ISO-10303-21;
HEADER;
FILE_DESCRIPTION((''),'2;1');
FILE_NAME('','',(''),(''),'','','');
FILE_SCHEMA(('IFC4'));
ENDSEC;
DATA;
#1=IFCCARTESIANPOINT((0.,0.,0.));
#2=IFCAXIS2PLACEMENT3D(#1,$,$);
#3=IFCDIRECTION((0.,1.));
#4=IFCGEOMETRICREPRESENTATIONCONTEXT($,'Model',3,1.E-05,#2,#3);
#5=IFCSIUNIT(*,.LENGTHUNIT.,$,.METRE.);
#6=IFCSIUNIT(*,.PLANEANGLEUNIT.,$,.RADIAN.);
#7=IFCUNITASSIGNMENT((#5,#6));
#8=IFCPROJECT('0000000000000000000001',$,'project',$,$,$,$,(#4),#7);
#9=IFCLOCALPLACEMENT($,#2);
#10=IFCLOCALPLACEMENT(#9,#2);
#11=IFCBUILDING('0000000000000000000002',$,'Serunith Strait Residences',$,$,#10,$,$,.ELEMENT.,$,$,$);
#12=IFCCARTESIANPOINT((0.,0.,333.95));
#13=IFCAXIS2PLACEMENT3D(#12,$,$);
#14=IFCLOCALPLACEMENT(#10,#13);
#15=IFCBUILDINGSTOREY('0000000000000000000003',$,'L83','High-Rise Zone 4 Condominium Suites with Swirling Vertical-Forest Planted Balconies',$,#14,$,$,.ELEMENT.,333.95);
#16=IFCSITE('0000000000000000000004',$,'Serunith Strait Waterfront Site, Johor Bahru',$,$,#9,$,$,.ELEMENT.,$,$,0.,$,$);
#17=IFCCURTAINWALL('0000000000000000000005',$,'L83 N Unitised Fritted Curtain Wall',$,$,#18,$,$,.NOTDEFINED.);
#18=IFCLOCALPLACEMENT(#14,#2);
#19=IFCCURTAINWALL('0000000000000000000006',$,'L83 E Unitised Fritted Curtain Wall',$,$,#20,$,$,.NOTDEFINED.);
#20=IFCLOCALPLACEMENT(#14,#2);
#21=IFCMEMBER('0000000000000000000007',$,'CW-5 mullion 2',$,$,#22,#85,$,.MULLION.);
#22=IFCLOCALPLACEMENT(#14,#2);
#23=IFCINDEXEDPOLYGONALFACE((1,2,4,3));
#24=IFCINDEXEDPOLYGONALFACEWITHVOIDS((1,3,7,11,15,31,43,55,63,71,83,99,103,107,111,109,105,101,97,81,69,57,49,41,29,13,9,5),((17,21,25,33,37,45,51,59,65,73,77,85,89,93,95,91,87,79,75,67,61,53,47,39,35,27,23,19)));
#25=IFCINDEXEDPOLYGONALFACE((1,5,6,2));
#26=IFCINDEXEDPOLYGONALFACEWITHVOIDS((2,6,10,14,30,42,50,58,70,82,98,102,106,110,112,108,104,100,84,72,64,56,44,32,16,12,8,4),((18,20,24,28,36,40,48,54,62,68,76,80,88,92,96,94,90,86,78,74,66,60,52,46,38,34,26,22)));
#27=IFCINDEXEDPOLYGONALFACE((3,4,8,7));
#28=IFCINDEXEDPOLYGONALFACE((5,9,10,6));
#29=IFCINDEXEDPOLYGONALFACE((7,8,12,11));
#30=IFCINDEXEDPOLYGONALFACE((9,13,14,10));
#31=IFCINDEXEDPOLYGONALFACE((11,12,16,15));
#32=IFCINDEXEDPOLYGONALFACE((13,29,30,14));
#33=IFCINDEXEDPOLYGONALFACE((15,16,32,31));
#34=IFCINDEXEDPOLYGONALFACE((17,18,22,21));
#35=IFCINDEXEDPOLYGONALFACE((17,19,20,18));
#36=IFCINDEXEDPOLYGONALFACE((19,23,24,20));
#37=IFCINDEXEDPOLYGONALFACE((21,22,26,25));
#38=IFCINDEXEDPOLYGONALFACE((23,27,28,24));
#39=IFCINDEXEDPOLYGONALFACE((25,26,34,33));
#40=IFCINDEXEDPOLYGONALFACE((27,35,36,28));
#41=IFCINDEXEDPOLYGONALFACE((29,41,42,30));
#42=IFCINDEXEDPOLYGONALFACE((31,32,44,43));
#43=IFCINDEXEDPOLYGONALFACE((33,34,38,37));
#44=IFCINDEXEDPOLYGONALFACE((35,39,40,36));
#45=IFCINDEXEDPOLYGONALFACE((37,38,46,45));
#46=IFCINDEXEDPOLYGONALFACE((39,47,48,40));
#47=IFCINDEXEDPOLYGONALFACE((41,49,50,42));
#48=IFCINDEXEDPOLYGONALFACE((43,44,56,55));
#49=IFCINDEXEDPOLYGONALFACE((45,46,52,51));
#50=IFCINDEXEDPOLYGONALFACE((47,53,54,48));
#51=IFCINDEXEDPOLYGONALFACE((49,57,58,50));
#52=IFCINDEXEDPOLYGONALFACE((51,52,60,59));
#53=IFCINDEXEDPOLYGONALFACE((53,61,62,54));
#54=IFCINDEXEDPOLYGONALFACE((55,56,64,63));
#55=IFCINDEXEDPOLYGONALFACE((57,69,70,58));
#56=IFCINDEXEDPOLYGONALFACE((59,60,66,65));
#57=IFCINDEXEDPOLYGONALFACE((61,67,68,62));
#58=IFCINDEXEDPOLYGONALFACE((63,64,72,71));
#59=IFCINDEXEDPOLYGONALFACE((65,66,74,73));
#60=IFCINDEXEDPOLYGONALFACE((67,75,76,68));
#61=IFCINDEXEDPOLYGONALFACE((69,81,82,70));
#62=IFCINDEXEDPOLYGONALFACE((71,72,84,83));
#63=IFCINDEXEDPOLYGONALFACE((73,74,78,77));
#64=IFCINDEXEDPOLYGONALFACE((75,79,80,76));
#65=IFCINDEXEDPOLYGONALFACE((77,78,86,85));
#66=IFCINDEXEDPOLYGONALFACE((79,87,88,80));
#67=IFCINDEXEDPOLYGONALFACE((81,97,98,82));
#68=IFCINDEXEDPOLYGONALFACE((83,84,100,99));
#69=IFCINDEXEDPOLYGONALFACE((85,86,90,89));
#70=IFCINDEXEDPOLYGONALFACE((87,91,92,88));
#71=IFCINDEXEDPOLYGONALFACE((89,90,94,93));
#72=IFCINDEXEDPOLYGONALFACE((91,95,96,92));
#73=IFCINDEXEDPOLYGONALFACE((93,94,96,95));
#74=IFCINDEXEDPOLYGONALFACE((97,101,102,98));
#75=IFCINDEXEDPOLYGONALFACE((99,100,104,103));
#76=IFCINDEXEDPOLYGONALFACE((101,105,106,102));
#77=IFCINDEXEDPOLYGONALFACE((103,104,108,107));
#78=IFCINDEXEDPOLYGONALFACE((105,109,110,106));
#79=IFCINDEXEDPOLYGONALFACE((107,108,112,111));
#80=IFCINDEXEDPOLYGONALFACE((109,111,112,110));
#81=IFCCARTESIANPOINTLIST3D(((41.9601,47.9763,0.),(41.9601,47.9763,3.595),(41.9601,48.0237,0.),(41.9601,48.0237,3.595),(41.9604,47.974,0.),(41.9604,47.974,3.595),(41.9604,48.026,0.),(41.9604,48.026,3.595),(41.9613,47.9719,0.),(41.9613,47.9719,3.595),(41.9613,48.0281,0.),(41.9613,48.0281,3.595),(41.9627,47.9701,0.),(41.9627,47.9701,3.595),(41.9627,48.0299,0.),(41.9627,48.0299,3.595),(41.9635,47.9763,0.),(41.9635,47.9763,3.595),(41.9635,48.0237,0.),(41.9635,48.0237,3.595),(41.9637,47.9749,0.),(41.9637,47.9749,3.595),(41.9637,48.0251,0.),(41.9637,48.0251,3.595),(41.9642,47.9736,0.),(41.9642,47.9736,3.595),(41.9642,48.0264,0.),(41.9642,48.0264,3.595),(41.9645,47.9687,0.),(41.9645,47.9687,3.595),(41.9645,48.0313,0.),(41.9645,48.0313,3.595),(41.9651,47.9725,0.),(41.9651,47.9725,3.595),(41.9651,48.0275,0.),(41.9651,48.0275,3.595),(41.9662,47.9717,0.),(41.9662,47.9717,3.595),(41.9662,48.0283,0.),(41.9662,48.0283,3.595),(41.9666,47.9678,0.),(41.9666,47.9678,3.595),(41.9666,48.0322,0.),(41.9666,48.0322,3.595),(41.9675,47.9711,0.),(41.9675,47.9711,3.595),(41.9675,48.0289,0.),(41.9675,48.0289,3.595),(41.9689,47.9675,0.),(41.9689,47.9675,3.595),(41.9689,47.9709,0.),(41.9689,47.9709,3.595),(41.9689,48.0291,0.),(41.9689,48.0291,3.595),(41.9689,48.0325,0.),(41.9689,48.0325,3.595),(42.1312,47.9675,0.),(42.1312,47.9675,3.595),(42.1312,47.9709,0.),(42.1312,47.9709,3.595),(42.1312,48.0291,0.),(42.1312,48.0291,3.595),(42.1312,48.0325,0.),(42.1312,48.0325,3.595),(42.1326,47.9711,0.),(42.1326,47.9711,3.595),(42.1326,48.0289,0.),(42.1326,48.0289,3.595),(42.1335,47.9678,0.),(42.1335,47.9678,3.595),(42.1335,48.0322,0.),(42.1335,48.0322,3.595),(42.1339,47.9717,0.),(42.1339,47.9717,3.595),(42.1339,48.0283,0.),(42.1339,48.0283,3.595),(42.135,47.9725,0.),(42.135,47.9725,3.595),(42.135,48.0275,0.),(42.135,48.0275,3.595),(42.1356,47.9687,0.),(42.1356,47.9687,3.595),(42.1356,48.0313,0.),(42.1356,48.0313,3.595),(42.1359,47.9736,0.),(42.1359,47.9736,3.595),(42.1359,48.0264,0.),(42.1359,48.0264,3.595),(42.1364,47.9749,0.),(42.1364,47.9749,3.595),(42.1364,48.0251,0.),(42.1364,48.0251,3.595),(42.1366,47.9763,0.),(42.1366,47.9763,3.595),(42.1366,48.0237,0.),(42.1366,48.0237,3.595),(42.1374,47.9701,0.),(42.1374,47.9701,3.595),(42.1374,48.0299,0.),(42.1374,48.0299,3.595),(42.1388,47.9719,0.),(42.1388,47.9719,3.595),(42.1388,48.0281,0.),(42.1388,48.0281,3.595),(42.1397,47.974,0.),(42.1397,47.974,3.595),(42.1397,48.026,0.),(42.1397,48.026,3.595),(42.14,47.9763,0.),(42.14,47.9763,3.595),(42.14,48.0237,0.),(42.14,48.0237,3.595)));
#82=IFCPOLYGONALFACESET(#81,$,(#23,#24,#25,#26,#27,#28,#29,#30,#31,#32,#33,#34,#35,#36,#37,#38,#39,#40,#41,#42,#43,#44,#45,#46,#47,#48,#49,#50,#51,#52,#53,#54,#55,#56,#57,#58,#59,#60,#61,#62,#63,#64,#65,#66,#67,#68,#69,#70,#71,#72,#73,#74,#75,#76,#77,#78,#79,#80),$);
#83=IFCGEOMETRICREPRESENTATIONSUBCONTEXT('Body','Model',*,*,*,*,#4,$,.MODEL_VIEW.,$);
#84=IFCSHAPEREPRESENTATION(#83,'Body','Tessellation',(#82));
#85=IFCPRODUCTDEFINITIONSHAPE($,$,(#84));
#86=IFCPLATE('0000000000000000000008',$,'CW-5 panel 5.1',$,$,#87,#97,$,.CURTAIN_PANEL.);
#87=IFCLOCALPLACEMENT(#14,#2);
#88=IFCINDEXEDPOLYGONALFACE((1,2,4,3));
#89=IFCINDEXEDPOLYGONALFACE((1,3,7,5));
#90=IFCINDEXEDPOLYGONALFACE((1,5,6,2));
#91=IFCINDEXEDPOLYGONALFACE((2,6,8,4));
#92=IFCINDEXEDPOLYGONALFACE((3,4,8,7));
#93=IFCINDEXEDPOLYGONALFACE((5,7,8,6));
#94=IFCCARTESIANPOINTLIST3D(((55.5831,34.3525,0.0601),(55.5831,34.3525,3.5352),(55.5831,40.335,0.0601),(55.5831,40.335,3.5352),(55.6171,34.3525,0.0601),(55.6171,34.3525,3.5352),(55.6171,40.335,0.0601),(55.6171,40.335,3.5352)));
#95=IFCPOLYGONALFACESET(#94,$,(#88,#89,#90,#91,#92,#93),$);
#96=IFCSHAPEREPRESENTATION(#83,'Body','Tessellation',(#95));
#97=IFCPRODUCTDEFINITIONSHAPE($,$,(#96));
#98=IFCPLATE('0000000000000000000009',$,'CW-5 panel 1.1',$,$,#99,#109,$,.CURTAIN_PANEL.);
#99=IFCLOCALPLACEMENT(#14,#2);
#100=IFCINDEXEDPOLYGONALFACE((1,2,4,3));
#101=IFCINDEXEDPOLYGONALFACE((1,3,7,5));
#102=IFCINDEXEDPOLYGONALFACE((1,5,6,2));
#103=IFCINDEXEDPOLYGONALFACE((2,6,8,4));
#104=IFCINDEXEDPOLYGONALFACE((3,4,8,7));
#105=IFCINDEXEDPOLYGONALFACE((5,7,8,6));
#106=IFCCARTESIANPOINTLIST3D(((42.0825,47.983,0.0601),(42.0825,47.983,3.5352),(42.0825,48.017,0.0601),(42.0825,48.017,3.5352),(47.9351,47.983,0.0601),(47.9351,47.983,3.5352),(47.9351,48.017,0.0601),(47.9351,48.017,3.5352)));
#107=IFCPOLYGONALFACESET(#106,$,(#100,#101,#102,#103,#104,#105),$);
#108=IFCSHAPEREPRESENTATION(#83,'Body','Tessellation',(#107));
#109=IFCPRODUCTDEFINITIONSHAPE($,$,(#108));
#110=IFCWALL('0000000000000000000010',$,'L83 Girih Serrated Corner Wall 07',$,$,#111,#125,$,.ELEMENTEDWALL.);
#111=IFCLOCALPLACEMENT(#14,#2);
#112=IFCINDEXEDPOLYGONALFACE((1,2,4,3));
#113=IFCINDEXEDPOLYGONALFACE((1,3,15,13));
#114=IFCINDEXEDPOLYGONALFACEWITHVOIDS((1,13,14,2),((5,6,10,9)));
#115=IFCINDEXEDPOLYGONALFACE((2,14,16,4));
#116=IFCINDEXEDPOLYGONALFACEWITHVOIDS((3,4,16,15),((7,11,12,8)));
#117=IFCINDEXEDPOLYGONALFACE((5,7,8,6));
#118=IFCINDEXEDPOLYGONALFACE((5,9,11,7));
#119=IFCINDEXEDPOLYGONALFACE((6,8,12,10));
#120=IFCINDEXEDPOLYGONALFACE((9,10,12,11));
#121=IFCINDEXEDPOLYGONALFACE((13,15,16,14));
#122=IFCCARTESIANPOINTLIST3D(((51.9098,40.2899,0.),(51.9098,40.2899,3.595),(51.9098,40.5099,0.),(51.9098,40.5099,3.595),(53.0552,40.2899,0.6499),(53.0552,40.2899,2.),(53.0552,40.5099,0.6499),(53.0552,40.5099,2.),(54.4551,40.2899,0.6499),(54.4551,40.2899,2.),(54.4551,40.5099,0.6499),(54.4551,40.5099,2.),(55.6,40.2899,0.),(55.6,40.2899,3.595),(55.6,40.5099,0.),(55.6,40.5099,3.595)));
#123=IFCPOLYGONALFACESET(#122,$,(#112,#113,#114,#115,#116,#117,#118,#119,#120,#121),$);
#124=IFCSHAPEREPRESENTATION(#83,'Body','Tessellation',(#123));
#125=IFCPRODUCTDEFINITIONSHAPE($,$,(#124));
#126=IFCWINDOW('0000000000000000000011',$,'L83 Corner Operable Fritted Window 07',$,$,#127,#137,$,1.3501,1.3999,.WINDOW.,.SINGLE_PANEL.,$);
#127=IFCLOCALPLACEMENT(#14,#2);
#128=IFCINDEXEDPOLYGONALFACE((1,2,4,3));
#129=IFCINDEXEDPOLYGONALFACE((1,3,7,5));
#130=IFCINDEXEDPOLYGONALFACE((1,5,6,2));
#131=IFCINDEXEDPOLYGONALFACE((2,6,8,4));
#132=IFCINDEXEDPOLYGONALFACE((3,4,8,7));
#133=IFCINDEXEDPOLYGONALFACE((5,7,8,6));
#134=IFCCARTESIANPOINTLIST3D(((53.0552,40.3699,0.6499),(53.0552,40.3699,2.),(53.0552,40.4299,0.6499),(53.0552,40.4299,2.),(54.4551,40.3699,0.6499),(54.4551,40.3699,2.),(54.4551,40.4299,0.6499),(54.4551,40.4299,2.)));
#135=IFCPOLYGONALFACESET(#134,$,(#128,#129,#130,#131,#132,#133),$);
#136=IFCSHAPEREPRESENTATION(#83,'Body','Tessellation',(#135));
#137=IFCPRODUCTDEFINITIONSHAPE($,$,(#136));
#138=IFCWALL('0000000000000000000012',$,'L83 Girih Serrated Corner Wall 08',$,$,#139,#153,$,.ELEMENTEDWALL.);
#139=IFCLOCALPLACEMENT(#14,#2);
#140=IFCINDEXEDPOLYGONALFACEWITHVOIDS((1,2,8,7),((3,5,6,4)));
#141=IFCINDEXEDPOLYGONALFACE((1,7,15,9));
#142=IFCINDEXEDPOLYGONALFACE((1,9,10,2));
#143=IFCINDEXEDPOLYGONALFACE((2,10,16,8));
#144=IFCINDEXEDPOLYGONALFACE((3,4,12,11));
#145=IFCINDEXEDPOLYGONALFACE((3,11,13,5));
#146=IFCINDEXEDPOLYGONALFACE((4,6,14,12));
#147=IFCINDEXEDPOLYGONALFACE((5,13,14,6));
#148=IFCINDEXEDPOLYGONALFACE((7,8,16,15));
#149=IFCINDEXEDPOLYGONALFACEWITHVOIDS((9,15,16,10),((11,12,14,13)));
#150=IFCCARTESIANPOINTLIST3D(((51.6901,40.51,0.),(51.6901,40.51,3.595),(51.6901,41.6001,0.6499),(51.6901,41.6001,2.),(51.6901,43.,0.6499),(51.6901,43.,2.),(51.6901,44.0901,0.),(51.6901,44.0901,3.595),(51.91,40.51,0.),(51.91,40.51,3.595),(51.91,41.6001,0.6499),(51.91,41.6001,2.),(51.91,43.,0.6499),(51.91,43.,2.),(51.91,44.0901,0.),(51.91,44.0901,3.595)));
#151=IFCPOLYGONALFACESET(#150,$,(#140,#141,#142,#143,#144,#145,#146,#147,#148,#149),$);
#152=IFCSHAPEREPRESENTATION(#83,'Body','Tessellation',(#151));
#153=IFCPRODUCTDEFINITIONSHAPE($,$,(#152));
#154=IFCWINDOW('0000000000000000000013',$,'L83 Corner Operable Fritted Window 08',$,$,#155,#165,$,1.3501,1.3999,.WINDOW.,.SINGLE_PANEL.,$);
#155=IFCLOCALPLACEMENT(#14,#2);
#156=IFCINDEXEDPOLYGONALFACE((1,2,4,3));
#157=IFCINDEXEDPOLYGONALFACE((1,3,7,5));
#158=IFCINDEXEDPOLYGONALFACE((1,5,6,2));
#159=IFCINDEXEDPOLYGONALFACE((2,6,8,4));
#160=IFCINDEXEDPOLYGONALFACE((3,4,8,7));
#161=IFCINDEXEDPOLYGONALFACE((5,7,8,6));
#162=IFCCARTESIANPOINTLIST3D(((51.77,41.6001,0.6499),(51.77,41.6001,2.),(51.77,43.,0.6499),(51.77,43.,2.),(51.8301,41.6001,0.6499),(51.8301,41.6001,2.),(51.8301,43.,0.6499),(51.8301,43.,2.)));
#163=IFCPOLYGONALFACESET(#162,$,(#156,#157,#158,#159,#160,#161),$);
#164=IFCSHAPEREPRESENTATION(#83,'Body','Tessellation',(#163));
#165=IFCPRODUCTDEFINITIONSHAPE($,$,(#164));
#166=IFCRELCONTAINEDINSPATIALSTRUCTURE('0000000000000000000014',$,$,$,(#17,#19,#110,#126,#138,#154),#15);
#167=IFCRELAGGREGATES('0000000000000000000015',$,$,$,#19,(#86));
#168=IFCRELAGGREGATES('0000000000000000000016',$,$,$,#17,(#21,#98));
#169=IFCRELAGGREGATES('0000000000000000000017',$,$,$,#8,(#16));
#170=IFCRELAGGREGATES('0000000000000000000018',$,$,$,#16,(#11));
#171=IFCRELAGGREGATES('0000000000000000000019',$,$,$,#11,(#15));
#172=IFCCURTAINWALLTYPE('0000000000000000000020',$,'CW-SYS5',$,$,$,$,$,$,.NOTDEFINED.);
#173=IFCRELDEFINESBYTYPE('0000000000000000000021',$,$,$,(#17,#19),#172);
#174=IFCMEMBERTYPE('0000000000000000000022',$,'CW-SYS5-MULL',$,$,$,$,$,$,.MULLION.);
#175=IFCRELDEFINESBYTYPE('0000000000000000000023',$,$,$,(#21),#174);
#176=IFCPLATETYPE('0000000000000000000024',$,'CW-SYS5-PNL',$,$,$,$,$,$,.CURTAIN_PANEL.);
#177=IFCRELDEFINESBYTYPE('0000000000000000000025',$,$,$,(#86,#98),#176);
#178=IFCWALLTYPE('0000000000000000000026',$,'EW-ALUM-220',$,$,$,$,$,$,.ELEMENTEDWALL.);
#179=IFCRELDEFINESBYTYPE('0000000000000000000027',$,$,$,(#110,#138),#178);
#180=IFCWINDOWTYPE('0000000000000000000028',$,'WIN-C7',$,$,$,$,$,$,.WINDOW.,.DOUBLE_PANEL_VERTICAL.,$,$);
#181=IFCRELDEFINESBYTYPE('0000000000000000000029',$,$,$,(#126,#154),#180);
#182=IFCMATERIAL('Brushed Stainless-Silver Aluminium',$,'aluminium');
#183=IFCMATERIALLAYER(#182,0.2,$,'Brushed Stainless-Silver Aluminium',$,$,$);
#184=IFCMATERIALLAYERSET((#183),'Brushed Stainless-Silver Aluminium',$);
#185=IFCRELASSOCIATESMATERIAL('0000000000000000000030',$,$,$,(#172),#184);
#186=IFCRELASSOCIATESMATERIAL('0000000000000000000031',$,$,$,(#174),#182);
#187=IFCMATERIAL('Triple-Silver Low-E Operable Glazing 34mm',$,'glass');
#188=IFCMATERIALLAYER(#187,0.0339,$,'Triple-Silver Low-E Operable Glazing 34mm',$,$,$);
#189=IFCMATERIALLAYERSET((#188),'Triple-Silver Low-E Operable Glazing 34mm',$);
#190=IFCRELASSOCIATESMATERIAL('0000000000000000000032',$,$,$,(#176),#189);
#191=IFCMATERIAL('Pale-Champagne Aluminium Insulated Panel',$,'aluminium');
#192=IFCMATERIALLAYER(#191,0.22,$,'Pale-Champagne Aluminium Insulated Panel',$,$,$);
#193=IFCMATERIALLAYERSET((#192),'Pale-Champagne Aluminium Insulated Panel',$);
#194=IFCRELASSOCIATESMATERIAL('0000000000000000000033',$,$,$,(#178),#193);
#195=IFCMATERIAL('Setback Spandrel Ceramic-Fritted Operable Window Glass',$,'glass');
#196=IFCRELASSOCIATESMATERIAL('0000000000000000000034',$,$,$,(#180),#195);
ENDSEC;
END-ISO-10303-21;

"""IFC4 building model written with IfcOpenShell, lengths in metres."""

from ifc_helpers import new_model, si_unit, direction, frame, frame_2d, origin, origin_2d, place, context, subcontext, project, spatial, rectangle, hollow_rectangle, extrude, source, transform, mapped, material, layer, layer_set, material_profile, profile_set, type_object, element, fill, aggregate, save


model = new_model("IFC4")

# Units and contexts
model_context = context("Model", 3, precision=1e-05, world=origin(), true_north=direction((0.0, 1.0)))
body_context = subcontext(model_context, "Body", "Model", "MODEL_VIEW")
ifc_project = project(units=[si_unit("LENGTHUNIT", "METRE"), si_unit("PLANEANGLEUNIT", "RADIAN")], contexts=[model_context])

# Site, building, storey
site_placement = place(None, origin())
site = spatial("IfcSite", under=ifc_project, at=site_placement, Name="Serunith Strait Waterfront Site, Johor Bahru", CompositionType="ELEMENT", RefElevation=0.0)
building_placement = place(site_placement, origin())
building = spatial("IfcBuilding", under=site, at=building_placement, Name="Serunith Strait Residences", CompositionType="ELEMENT")
storey_placement = place(building_placement, frame((0.0, 0.0, 333.95)))
storey = spatial("IfcBuildingStorey", under=building, at=storey_placement, Name="L83", Description="High-Rise Zone 4 Condominium Suites with Swirling Vertical-Forest Planted Balconies", CompositionType="ELEMENT", Elevation=333.95)

# Curtain wall
ifc_material_1 = material(Name="Brushed Stainless-Silver Aluminium", Category="aluminium")
ifc_layer_1 = layer(ifc_material_1, 0.2, Name="Brushed Stainless-Silver Aluminium")
ifc_layer_set_1 = layer_set([ifc_layer_1], Name="Brushed Stainless-Silver Aluminium")
curtain_wall_type = type_object("IfcCurtainWallType", Name="CW-SYS5", PredefinedType="NOTDEFINED", material=ifc_layer_set_1)
curtain_wall_1_placement = place(storey_placement, origin())
curtain_wall_1 = element("IfcCurtainWall", 1, at=curtain_wall_1_placement, inside=storey, type_object=curtain_wall_type, Name="L83 N Unitised Fritted Curtain Wall", PredefinedType="NOTDEFINED")

# Curtain wall
curtain_wall_2_placement = place(storey_placement, origin())
curtain_wall_2 = element("IfcCurtainWall", 2, at=curtain_wall_2_placement, inside=storey, type_object=curtain_wall_type, Name="L83 E Unitised Fritted Curtain Wall", PredefinedType="NOTDEFINED")
ifc_material_profile_1 = material_profile(ifc_material_1, hollow_rectangle(XDim=0.0649, YDim=0.1799, WallThickness=0.0034, InnerFilletRadius=0.0054, OuterFilletRadius=0.0088, at=origin_2d()), Name="ALU 180x65x3.5")
ifc_profile_set_1 = profile_set([ifc_material_profile_1], Name="Brushed Stainless-Silver Aluminium")
member_type_1 = type_object("IfcMemberType", Name="CW-SYS5-MULL", PredefinedType="MULLION", material=ifc_profile_set_1)
shared_shape_1 = source(origin(), body_context, "Body", "SweptSolid", [
    extrude(hollow_rectangle(XDim=0.0649, YDim=0.1799, WallThickness=0.0034, InnerFilletRadius=0.0054, OuterFilletRadius=0.0088, at=origin_2d()), origin(), (0.0, 0.0, 1.0), 3.595),
])

# Member
member_1_placement = place(storey_placement, frame((42.05, 48.0, 0.0), z_axis=(0.0, 0.0, 1.0), x_axis=(0.0, -1.0, 0.0)))
member_1 = element("IfcMember", 3, at=member_1_placement, type_object=member_type_1, Name="CW-5 mullion 2", PredefinedType="MULLION", context=body_context, shape_type="MappedRepresentation", body=[
    mapped(shared_shape_1, transform((0.0, 0.0, 0.0), scale=1.0)),
])

# Plates
ifc_material_2 = material(Name="Triple-Silver Low-E Operable Glazing 34mm", Category="glass")
ifc_layer_2 = layer(ifc_material_2, 0.0339, Name="Triple-Silver Low-E Operable Glazing 34mm")
ifc_layer_set_2 = layer_set([ifc_layer_2], Name="Triple-Silver Low-E Operable Glazing 34mm")
plate_type = type_object("IfcPlateType", Name="CW-SYS5-PNL", PredefinedType="CURTAIN_PANEL", material=ifc_layer_set_2)
shared_shape_2 = source(origin(), body_context, "Body", "SweptSolid", [
    extrude(rectangle(XDim=5.9824, YDim=0.0339, at=origin_2d()), origin(), (0.0, 0.0, 1.0), 3.4751),
])
plate_1_placement = place(storey_placement, frame((55.6001, 37.3438, 0.0601), z_axis=(0.0, 0.0, 1.0), x_axis=(0.0, 1.0, 0.0)))
plate_1 = element("IfcPlate", 4, at=plate_1_placement, type_object=plate_type, Name="CW-5 panel 5.1", PredefinedType="CURTAIN_PANEL", context=body_context, shape_type="MappedRepresentation", body=[
    mapped(shared_shape_2, transform((0.0, 0.0, 0.0), scale=1.0)),
])
aggregate(curtain_wall_2, [plate_1])
shared_shape_3 = source(origin(), body_context, "Body", "SweptSolid", [
    extrude(rectangle(XDim=5.8525, YDim=0.0339, at=origin_2d()), origin(), (0.0, 0.0, 1.0), 3.4751),
])
plate_2_placement = place(storey_placement, frame((45.0088, 48.0, 0.0601), z_axis=(0.0, 0.0, 1.0), x_axis=(-1.0, 0.0, 0.0)))
plate_2 = element("IfcPlate", 5, at=plate_2_placement, type_object=plate_type, Name="CW-5 panel 1.1", PredefinedType="CURTAIN_PANEL", context=body_context, shape_type="MappedRepresentation", body=[
    mapped(shared_shape_3, transform((0.0, 0.0, 0.0), scale=1.0)),
])
aggregate(curtain_wall_1, [member_1, plate_2])

# Walls, openings, windows
ifc_material_3 = material(Name="Pale-Champagne Aluminium Insulated Panel", Category="aluminium")
ifc_layer_3 = layer(ifc_material_3, 0.22, Name="Pale-Champagne Aluminium Insulated Panel")
ifc_layer_set_3 = layer_set([ifc_layer_3], Name="Pale-Champagne Aluminium Insulated Panel")
wall_type = type_object("IfcWallType", Name="EW-ALUM-220", PredefinedType="ELEMENTEDWALL", material=ifc_layer_set_3)
wall_1_placement = place(storey_placement, frame((55.6001, 40.3999, 0.0), z_axis=(0.0, 0.0, 1.0), x_axis=(-1.0, 0.0, 0.0)))
wall_1 = element("IfcWall", 6, at=wall_1_placement, inside=storey, type_object=wall_type, Name="L83 Girih Serrated Corner Wall 07", PredefinedType="ELEMENTEDWALL", context=body_context, shape_type="SweptSolid", body=[
    extrude(rectangle(XDim=3.6902, YDim=0.22, at=frame_2d((1.8452, 0.0))), origin(), (0.0, 0.0, 1.0), 3.595),
])
opening_1_placement = place(wall_1_placement, frame((1.145, 0.0, 0.6499)))
opening_1 = element("IfcOpeningElement", 7, at=opening_1_placement, cuts=wall_1, PredefinedType="OPENING", context=body_context, shape_type="SweptSolid", body=[
    extrude(rectangle(XDim=1.3999, YDim=1.3501, at=frame_2d((0.7, 0.675))), frame((0.0, 0.1201, 0.0), z_axis=(0.0, -1.0, 0.0), x_axis=(1.0, 0.0, 0.0)), (0.0, 0.0, 1.0), 0.24),
])
ifc_material_4 = material(Name="Setback Spandrel Ceramic-Fritted Operable Window Glass", Category="glass")
window_type = type_object("IfcWindowType", Name="WIN-C7", PartitioningType="DOUBLE_PANEL_VERTICAL", PredefinedType="WINDOW", material=ifc_material_4)
shared_shape_4 = source(origin(), body_context, "Body", "SweptSolid", [
    extrude(rectangle(XDim=1.3999, YDim=1.3501, at=frame_2d((0.7, 0.675))), frame((0.0, 0.03, 0.0), z_axis=(0.0, -1.0, 0.0), x_axis=(1.0, 0.0, 0.0)), (0.0, 0.0, 1.0), 0.0601),
])
window_1_placement = place(opening_1_placement, origin())
window_1 = element("IfcWindow", 8, at=window_1_placement, inside=storey, type_object=window_type, Name="L83 Corner Operable Fritted Window 07", OverallHeight=1.3501, OverallWidth=1.3999, PartitioningType="SINGLE_PANEL", PredefinedType="WINDOW", context=body_context, shape_type="MappedRepresentation", body=[
    mapped(shared_shape_4, transform((0.0, 0.0, 0.0), scale=1.0)),
])
fill(opening_1, window_1)
wall_2_placement = place(storey_placement, frame((51.8, 40.51, 0.0), z_axis=(0.0, 0.0, 1.0), x_axis=(0.0, 1.0, 0.0)))
wall_2 = element("IfcWall", 9, at=wall_2_placement, inside=storey, type_object=wall_type, Name="L83 Girih Serrated Corner Wall 08", PredefinedType="ELEMENTEDWALL", context=body_context, shape_type="SweptSolid", body=[
    extrude(rectangle(XDim=3.5801, YDim=0.22, at=frame_2d((1.79, 0.0))), origin(), (0.0, 0.0, 1.0), 3.595),
])
opening_2_placement = place(wall_2_placement, frame((1.0901, 0.0, 0.6499)))
opening_2 = element("IfcOpeningElement", 10, at=opening_2_placement, cuts=wall_2, PredefinedType="OPENING", context=body_context, shape_type="SweptSolid", body=[
    extrude(rectangle(XDim=1.3999, YDim=1.3501, at=frame_2d((0.7, 0.675))), frame((0.0, 0.1201, 0.0), z_axis=(0.0, -1.0, 0.0), x_axis=(1.0, 0.0, 0.0)), (0.0, 0.0, 1.0), 0.24),
])
window_2_placement = place(opening_2_placement, origin())
window_2 = element("IfcWindow", 11, at=window_2_placement, inside=storey, type_object=window_type, Name="L83 Corner Operable Fritted Window 08", OverallHeight=1.3501, OverallWidth=1.3999, PartitioningType="SINGLE_PANEL", PredefinedType="WINDOW", context=body_context, shape_type="MappedRepresentation", body=[
    mapped(shared_shape_4, transform((0.0, 0.0, 0.0), scale=1.0)),
])
fill(opening_2, window_2)

save(model, "model.ifc")
